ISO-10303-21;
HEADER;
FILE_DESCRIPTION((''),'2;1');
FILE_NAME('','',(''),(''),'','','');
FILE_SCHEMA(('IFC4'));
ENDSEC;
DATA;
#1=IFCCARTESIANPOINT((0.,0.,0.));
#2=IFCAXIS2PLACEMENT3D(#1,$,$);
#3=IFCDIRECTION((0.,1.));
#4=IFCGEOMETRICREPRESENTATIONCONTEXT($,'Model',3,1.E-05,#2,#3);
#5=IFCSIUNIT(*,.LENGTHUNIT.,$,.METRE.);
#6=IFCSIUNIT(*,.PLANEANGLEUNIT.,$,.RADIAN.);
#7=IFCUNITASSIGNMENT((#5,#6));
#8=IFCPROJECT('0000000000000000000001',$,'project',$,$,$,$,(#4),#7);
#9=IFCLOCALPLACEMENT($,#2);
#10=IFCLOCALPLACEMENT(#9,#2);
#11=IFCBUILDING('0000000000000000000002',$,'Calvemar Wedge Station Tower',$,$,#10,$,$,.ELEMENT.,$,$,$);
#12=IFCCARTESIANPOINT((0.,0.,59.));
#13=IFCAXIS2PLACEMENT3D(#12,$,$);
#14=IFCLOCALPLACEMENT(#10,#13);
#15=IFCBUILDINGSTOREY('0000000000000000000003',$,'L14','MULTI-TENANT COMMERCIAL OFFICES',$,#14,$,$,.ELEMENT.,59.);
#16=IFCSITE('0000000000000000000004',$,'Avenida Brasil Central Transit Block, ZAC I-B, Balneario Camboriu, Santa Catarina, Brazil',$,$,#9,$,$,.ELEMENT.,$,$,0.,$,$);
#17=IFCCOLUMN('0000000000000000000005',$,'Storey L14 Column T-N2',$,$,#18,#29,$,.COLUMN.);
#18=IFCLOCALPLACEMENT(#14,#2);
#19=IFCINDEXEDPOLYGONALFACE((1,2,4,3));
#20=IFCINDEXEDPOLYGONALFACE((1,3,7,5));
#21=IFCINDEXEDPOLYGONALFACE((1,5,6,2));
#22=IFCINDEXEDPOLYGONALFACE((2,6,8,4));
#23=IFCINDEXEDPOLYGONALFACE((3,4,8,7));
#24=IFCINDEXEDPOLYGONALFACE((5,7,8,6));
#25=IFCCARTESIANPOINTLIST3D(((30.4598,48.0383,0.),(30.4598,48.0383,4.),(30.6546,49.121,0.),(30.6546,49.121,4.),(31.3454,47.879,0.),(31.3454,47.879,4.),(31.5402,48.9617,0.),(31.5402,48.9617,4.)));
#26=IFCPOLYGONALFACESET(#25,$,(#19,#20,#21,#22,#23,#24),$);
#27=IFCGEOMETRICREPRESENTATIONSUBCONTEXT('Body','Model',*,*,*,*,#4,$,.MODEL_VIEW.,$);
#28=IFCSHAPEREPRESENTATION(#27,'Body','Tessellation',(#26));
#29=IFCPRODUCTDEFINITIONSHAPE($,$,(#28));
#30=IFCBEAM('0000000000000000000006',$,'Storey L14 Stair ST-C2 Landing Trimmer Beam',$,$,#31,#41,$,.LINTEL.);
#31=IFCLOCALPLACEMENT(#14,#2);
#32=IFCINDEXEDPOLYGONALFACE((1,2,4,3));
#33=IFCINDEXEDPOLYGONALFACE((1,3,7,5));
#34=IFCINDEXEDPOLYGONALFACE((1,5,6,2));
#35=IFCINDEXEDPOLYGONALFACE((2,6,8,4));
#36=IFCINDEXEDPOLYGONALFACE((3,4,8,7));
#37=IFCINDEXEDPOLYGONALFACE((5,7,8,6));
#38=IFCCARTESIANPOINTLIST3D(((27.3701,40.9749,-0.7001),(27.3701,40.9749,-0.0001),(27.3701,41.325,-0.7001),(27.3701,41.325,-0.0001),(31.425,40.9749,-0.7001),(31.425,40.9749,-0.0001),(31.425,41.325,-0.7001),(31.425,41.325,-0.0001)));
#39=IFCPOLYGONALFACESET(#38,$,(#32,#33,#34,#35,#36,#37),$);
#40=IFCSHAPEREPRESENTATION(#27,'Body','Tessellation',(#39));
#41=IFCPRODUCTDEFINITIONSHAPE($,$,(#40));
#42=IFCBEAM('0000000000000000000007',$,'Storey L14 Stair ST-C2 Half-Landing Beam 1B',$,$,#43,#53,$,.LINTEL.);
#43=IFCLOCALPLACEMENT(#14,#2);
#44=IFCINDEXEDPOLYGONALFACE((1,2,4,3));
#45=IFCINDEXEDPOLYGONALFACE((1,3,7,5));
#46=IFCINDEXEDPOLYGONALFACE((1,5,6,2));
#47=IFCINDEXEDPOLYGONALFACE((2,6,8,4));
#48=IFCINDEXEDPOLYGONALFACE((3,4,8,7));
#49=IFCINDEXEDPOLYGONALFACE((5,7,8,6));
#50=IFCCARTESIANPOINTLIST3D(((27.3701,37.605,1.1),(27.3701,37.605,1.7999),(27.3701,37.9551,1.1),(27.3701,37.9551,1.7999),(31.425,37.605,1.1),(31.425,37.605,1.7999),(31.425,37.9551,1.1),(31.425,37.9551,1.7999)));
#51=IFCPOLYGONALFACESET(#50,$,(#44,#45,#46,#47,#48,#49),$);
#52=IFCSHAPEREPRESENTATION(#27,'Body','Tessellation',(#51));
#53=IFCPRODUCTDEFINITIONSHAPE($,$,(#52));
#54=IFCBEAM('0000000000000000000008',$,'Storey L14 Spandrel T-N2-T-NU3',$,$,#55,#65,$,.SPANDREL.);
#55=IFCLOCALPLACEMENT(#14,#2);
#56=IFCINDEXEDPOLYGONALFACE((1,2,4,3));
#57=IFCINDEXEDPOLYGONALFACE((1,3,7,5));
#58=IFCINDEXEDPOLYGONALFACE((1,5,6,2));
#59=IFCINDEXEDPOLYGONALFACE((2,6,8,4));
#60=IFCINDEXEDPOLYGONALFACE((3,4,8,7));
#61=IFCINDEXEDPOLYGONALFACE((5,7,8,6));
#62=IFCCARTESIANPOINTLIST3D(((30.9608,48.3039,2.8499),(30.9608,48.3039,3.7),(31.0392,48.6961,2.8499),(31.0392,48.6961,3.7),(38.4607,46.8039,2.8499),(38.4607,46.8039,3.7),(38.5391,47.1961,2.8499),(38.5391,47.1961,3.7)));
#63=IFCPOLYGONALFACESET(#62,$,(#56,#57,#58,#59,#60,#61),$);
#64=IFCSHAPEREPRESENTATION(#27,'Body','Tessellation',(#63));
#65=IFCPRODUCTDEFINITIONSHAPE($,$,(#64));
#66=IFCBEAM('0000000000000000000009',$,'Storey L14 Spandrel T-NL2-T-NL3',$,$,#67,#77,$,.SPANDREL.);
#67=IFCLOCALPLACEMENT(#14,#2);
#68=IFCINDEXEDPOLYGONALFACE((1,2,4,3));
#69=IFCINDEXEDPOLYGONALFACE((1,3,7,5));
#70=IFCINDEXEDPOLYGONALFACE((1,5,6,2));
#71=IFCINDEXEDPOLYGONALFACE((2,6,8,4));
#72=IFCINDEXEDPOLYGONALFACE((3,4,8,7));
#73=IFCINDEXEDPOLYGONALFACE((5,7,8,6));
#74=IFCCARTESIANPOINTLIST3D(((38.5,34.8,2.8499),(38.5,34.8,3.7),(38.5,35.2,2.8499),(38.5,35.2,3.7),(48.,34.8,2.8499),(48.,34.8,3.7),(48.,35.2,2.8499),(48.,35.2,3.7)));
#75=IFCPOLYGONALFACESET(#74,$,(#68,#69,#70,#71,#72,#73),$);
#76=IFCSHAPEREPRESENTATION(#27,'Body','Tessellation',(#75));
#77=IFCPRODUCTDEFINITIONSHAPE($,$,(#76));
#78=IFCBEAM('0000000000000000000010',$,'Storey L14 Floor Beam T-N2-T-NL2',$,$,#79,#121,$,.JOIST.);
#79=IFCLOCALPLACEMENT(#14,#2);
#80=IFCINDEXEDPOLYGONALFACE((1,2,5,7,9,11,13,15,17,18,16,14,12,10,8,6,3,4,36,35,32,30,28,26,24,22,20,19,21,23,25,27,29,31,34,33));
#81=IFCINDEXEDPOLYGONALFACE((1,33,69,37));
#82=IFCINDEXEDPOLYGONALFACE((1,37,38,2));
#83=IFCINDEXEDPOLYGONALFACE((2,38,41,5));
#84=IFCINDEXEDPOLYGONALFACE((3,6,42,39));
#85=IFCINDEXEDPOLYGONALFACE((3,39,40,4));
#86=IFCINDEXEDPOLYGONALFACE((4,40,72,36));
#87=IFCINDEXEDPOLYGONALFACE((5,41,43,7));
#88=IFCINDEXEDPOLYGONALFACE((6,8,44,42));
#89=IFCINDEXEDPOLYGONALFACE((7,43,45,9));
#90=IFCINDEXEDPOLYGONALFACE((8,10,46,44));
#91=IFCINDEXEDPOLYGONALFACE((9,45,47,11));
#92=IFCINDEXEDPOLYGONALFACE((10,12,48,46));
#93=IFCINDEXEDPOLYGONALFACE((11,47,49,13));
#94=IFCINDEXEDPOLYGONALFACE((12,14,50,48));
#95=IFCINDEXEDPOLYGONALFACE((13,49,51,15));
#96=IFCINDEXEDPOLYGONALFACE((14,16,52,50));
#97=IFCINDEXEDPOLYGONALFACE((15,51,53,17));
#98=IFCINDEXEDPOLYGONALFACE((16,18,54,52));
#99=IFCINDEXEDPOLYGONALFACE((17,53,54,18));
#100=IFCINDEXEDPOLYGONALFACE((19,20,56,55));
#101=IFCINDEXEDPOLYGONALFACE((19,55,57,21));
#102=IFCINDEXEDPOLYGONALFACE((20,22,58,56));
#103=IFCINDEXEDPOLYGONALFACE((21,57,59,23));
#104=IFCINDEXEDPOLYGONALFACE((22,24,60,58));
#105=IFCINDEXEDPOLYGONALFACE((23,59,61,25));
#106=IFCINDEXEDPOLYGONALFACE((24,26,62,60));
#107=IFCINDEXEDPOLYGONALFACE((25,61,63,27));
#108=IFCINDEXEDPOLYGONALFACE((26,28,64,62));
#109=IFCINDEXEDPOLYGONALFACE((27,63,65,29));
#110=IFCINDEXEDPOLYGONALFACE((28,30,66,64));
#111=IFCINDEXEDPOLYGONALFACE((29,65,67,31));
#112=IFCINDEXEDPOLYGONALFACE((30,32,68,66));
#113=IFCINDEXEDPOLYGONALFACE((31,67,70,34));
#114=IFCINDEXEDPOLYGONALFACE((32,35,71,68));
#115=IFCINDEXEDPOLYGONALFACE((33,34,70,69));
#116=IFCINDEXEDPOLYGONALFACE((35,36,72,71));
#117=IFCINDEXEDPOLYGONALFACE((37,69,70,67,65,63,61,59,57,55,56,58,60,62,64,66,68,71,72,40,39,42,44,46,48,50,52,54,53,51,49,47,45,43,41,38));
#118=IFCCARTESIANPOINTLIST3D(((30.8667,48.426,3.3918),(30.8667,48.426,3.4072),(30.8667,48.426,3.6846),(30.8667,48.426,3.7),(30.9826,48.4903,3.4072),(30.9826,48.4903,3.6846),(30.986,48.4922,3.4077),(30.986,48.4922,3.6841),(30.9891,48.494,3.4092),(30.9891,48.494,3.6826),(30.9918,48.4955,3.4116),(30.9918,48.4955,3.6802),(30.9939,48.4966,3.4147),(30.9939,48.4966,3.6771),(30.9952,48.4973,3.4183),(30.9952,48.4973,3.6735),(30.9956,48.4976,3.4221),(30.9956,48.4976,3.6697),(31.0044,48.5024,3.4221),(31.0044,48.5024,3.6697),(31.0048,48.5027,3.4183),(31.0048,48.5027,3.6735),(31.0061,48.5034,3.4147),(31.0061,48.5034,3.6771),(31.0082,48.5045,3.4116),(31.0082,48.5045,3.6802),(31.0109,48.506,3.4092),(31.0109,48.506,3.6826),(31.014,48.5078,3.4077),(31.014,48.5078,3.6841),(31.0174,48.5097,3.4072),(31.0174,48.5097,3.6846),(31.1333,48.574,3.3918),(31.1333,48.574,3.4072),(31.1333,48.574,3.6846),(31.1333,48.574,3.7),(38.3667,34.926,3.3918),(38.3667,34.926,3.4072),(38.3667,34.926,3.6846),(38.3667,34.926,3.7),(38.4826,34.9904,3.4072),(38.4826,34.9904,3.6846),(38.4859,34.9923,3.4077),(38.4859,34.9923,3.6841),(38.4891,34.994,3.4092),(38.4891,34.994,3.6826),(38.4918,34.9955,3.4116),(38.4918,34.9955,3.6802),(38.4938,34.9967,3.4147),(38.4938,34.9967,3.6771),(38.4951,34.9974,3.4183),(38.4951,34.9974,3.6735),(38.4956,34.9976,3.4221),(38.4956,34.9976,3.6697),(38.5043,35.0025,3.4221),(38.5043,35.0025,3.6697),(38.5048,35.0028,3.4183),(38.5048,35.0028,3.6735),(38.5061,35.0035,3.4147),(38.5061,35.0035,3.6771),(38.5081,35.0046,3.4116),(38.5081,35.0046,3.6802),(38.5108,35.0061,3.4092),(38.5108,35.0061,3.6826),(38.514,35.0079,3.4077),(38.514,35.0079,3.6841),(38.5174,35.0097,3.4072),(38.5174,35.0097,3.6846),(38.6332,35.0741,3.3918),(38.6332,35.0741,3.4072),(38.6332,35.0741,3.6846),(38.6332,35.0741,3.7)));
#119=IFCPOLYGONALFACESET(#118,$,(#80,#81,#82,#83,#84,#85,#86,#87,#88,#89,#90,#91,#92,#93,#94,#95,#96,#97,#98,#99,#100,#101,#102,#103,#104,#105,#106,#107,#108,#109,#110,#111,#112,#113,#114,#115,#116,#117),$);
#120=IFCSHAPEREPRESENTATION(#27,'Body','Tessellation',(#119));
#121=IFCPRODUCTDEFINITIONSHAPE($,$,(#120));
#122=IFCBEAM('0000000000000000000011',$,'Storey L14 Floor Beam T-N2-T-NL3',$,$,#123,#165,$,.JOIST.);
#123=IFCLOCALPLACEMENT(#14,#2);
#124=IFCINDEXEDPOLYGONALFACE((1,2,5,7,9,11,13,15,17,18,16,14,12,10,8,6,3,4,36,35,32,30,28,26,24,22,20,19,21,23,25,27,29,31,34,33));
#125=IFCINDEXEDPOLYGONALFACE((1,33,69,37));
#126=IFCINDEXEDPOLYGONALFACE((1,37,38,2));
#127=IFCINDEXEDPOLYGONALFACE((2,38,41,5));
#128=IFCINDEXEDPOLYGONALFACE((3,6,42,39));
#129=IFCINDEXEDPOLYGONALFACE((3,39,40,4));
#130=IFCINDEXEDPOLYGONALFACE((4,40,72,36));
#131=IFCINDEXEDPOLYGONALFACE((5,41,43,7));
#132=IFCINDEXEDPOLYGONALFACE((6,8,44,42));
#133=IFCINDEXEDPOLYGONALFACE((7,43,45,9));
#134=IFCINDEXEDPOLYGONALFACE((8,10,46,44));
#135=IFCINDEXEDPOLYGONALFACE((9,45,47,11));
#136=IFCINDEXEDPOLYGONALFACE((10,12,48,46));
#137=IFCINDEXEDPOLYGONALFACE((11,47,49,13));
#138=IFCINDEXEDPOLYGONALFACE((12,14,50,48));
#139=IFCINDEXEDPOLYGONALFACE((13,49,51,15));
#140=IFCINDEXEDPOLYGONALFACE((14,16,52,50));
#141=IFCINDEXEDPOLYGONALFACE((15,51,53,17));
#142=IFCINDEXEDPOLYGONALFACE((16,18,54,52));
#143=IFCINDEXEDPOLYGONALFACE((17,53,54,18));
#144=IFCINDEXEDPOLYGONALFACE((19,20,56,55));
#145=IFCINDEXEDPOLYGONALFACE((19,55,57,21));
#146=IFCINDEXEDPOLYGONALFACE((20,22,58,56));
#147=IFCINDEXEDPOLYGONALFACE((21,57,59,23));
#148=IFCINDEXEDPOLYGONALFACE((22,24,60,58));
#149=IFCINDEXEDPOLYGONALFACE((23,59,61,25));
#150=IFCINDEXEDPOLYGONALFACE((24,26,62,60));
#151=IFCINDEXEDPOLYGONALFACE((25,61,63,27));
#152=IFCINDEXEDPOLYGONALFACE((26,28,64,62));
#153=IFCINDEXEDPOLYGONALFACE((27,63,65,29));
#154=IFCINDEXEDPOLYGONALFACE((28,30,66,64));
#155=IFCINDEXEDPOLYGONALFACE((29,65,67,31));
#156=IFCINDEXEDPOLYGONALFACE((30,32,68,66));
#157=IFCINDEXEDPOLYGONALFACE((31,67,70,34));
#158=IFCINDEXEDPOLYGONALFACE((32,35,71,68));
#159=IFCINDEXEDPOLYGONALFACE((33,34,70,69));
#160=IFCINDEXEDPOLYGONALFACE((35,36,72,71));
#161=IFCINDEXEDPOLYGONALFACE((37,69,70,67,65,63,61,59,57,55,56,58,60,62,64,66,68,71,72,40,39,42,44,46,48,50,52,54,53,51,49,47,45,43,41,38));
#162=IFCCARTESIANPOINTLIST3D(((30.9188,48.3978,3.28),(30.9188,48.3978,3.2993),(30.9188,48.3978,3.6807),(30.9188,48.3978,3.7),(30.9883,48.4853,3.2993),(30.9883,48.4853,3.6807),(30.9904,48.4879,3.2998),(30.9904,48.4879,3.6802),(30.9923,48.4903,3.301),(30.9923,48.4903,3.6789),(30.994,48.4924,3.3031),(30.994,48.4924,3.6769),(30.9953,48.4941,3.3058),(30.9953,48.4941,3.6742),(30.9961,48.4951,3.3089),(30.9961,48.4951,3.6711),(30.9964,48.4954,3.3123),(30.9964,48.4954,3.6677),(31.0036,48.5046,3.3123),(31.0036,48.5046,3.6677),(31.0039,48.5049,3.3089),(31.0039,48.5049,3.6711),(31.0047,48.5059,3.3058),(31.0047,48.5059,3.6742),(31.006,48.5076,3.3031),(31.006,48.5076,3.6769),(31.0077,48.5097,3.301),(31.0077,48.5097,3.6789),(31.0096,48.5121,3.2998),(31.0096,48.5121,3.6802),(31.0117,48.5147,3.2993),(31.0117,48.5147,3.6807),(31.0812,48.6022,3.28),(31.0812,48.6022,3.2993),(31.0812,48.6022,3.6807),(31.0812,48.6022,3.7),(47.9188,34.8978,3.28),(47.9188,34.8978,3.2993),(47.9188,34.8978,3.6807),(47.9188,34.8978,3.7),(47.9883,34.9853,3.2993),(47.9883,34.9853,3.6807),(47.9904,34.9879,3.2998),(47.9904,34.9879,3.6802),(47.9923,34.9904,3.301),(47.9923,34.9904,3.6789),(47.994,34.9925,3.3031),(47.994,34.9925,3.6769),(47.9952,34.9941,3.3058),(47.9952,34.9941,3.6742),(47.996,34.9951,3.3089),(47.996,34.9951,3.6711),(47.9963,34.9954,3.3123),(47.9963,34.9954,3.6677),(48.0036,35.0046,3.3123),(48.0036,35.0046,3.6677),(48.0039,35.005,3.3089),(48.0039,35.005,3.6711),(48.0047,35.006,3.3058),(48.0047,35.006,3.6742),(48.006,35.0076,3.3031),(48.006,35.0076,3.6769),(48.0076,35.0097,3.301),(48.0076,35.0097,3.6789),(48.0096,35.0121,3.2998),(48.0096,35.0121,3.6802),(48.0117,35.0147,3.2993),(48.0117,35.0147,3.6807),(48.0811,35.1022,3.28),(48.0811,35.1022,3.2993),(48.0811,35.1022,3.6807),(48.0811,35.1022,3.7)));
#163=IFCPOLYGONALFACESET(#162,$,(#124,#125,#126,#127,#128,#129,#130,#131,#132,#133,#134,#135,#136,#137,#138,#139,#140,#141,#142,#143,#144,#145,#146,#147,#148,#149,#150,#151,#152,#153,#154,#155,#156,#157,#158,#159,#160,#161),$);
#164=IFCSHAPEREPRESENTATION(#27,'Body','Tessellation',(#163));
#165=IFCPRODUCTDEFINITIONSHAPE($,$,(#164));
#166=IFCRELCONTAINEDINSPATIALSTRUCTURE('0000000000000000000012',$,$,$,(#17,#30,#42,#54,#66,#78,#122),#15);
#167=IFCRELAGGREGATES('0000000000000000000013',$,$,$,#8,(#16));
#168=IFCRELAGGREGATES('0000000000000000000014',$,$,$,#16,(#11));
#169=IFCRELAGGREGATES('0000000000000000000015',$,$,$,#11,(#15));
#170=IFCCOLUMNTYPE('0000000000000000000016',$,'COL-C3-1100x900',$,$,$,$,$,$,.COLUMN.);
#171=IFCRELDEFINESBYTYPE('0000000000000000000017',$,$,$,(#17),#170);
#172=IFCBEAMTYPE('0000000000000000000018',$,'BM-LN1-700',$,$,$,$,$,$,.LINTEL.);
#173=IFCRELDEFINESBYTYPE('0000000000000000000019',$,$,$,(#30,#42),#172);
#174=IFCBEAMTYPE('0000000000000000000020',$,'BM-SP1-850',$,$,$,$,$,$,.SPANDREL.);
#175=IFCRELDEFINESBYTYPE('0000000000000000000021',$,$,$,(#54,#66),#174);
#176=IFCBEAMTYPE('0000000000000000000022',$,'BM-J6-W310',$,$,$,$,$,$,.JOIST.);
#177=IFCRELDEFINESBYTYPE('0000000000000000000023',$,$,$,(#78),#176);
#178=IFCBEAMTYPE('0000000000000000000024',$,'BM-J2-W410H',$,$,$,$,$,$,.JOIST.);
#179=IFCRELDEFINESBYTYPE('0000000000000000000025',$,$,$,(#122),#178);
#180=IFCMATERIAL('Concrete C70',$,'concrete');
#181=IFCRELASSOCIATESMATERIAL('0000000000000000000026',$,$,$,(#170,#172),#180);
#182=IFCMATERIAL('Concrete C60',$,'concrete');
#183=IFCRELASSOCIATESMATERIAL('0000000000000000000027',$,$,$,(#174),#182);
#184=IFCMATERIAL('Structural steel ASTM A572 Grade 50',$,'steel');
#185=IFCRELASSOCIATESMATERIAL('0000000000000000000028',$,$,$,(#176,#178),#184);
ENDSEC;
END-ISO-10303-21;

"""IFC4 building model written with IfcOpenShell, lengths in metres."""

from ifc_helpers import new_model, si_unit, direction, frame, origin, origin_2d, place, context, subcontext, project, spatial, rectangle, i_section, extrude, source, transform, mapped, material, material_profile, profile_set, type_object, element, save


model = new_model("IFC4")

# Units and contexts
model_context = context("Model", 3, precision=1e-05, world=origin(), true_north=direction((0.0, 1.0)))
body_context = subcontext(model_context, "Body", "Model", "MODEL_VIEW")
ifc_project = project(units=[si_unit("LENGTHUNIT", "METRE"), si_unit("PLANEANGLEUNIT", "RADIAN")], contexts=[model_context])

# Site, building, storey
site_placement = place(None, origin())
site = spatial("IfcSite", under=ifc_project, at=site_placement, Name="Avenida Brasil Central Transit Block, ZAC I-B, Balneario Camboriu, Santa Catarina, Brazil", CompositionType="ELEMENT", RefElevation=0.0)
building_placement = place(site_placement, origin())
building = spatial("IfcBuilding", under=site, at=building_placement, Name="Calvemar Wedge Station Tower", CompositionType="ELEMENT")
storey_placement = place(building_placement, frame((0.0, 0.0, 59.0)))
storey = spatial("IfcBuildingStorey", under=building, at=storey_placement, Name="L14", Description="MULTI-TENANT COMMERCIAL OFFICES", CompositionType="ELEMENT", Elevation=59.0)

# Column
ifc_material_1 = material(Name="Concrete C70", Category="concrete")
ifc_material_profile_1 = material_profile(ifc_material_1, rectangle(XDim=0.8999, YDim=1.1001, at=origin_2d()), Name="RC1100x900")
ifc_profile_set_1 = profile_set([ifc_material_profile_1], Name="Concrete C70")
column_type = type_object("IfcColumnType", Name="COL-C3-1100x900", PredefinedType="COLUMN", material=ifc_profile_set_1)
shared_shape_1 = source(origin(), body_context, "Body", "SweptSolid", [
    extrude(rectangle(XDim=0.8999, YDim=1.1001, at=origin_2d()), origin(), (0.0, 0.0, 1.0), 4.0),
])
column_placement = place(storey_placement, frame((31.0, 48.5, 0.0), z_axis=(0.0, 0.0, 1.0), x_axis=(0.984196, -0.177085, 0.0)))
element("IfcColumn", 1, at=column_placement, inside=storey, type_object=column_type, Name="Storey L14 Column T-N2", PredefinedType="COLUMN", context=body_context, shape_type="MappedRepresentation", body=[
    mapped(shared_shape_1, transform((0.0, 0.0, 0.0), scale=1.0)),
])

# Beams
ifc_material_profile_2 = material_profile(ifc_material_1, rectangle(XDim=0.3501, YDim=0.7, at=origin_2d()), Name="RC350x700")
ifc_profile_set_2 = profile_set([ifc_material_profile_2], Name="Concrete C70")
beam_type_1 = type_object("IfcBeamType", Name="BM-LN1-700", PredefinedType="LINTEL", material=ifc_profile_set_2)
shared_shape_2 = source(origin(), body_context, "Body", "SweptSolid", [
    extrude(rectangle(XDim=0.3501, YDim=0.7, at=origin_2d()), origin(), (0.0, 0.0, 1.0), 4.0549),
])
for number, where, z_axis, x_axis, name in (
    (2, (27.3701, 41.1499, -0.3501), (1.0, 0.0, 0.0), (0.0, 1.0, 0.0), "Storey L14 Stair ST-C2 Landing Trimmer Beam"),
    (3, (27.3701, 37.78, 1.45), (1.0, 0.0, 0.0), (0.0, 1.0, 0.0), "Storey L14 Stair ST-C2 Half-Landing Beam 1B"),
):
    element("IfcBeam", number, at=place(storey_placement, frame(where, z_axis=z_axis, x_axis=x_axis)), inside=storey, type_object=beam_type_1, Name=name, PredefinedType="LINTEL", context=body_context, shape_type="MappedRepresentation", body=[
        mapped(shared_shape_2, transform((0.0, 0.0, 0.0), scale=1.0)),
    ])
ifc_material_2 = material(Name="Concrete C60", Category="concrete")
ifc_material_profile_3 = material_profile(ifc_material_2, rectangle(XDim=0.3999, YDim=0.8501, at=origin_2d()), Name="RC400x850")
ifc_profile_set_3 = profile_set([ifc_material_profile_3], Name="Concrete C60")
beam_type_2 = type_object("IfcBeamType", Name="BM-SP1-850", PredefinedType="SPANDREL", material=ifc_profile_set_3)
shared_shape_3 = source(origin(), body_context, "Body", "SweptSolid", [
    extrude(rectangle(XDim=0.3999, YDim=0.8501, at=origin_2d()), origin(), (0.0, 0.0, 1.0), 7.6484),
])
beam_1_placement = place(storey_placement, frame((31.0, 48.5, 3.2749), z_axis=(0.980581, -0.196116, 0.0), x_axis=(0.196116, 0.980581, 0.0)))
element("IfcBeam", 4, at=beam_1_placement, inside=storey, type_object=beam_type_2, Name="Storey L14 Spandrel T-N2-T-NU3", PredefinedType="SPANDREL", context=body_context, shape_type="MappedRepresentation", body=[
    mapped(shared_shape_3, transform((0.0, 0.0, 0.0), scale=1.0)),
])
shared_shape_4 = source(origin(), body_context, "Body", "SweptSolid", [
    extrude(rectangle(XDim=0.3999, YDim=0.8501, at=origin_2d()), origin(), (0.0, 0.0, 1.0), 9.5),
])
beam_2_placement = place(storey_placement, frame((38.5, 35.0, 3.2749), z_axis=(1.0, 0.0, 0.0), x_axis=(0.0, 1.0, 0.0)))
element("IfcBeam", 5, at=beam_2_placement, inside=storey, type_object=beam_type_2, Name="Storey L14 Spandrel T-NL2-T-NL3", PredefinedType="SPANDREL", context=body_context, shape_type="MappedRepresentation", body=[
    mapped(shared_shape_4, transform((0.0, 0.0, 0.0), scale=1.0)),
])
ifc_material_3 = material(Name="Structural steel ASTM A572 Grade 50", Category="steel")
ifc_material_profile_4 = material_profile(ifc_material_3, i_section(OverallWidth=0.3049, OverallDepth=0.3081, WebThickness=0.01, FlangeThickness=0.0154, FilletRadius=0.0149, at=origin_2d()), Name="W310x97")
ifc_profile_set_4 = profile_set([ifc_material_profile_4], Name="Structural steel ASTM A572 Grade 50")
beam_type_3 = type_object("IfcBeamType", Name="BM-J6-W310", PredefinedType="JOIST", material=ifc_profile_set_4)
shared_shape_5 = source(origin(), body_context, "Body", "SweptSolid", [
    extrude(i_section(OverallWidth=0.3049, OverallDepth=0.3081, WebThickness=0.01, FlangeThickness=0.0154, FilletRadius=0.0149, at=origin_2d()), origin(), (0.0, 0.0, 1.0), 15.4434),
])
beam_3_placement = place(storey_placement, frame((31.0, 48.5, 3.5459), z_axis=(0.485643, -0.874157, 0.0), x_axis=(0.874157, 0.485643, 0.0)))
element("IfcBeam", 6, at=beam_3_placement, inside=storey, type_object=beam_type_3, Name="Storey L14 Floor Beam T-N2-T-NL2", PredefinedType="JOIST", context=body_context, shape_type="MappedRepresentation", body=[
    mapped(shared_shape_5, transform((0.0, 0.0, 0.0), scale=1.0)),
])
ifc_material_profile_5 = material_profile(ifc_material_3, i_section(OverallWidth=0.261, OverallDepth=0.4199, WebThickness=0.0117, FlangeThickness=0.0193, FilletRadius=0.0129, at=origin_2d()), Name="W410x114")
ifc_profile_set_5 = profile_set([ifc_material_profile_5], Name="Structural steel ASTM A572 Grade 50")
beam_type_4 = type_object("IfcBeamType", Name="BM-J2-W410H", PredefinedType="JOIST", material=ifc_profile_set_5)
shared_shape_6 = source(origin(), body_context, "Body", "SweptSolid", [
    extrude(i_section(OverallWidth=0.261, OverallDepth=0.4199, WebThickness=0.0117, FlangeThickness=0.0193, FilletRadius=0.0129, at=origin_2d()), origin(), (0.0, 0.0, 1.0), 21.7083),
])
beam_4_placement = place(storey_placement, frame((31.0, 48.5, 3.49), z_axis=(0.783111, -0.621882, 0.0), x_axis=(0.621882, 0.783111, 0.0)))
element("IfcBeam", 7, at=beam_4_placement, inside=storey, type_object=beam_type_4, Name="Storey L14 Floor Beam T-N2-T-NL3", PredefinedType="JOIST", context=body_context, shape_type="MappedRepresentation", body=[
    mapped(shared_shape_6, transform((0.0, 0.0, 0.0), scale=1.0)),
])

save(model, "model.ifc")
